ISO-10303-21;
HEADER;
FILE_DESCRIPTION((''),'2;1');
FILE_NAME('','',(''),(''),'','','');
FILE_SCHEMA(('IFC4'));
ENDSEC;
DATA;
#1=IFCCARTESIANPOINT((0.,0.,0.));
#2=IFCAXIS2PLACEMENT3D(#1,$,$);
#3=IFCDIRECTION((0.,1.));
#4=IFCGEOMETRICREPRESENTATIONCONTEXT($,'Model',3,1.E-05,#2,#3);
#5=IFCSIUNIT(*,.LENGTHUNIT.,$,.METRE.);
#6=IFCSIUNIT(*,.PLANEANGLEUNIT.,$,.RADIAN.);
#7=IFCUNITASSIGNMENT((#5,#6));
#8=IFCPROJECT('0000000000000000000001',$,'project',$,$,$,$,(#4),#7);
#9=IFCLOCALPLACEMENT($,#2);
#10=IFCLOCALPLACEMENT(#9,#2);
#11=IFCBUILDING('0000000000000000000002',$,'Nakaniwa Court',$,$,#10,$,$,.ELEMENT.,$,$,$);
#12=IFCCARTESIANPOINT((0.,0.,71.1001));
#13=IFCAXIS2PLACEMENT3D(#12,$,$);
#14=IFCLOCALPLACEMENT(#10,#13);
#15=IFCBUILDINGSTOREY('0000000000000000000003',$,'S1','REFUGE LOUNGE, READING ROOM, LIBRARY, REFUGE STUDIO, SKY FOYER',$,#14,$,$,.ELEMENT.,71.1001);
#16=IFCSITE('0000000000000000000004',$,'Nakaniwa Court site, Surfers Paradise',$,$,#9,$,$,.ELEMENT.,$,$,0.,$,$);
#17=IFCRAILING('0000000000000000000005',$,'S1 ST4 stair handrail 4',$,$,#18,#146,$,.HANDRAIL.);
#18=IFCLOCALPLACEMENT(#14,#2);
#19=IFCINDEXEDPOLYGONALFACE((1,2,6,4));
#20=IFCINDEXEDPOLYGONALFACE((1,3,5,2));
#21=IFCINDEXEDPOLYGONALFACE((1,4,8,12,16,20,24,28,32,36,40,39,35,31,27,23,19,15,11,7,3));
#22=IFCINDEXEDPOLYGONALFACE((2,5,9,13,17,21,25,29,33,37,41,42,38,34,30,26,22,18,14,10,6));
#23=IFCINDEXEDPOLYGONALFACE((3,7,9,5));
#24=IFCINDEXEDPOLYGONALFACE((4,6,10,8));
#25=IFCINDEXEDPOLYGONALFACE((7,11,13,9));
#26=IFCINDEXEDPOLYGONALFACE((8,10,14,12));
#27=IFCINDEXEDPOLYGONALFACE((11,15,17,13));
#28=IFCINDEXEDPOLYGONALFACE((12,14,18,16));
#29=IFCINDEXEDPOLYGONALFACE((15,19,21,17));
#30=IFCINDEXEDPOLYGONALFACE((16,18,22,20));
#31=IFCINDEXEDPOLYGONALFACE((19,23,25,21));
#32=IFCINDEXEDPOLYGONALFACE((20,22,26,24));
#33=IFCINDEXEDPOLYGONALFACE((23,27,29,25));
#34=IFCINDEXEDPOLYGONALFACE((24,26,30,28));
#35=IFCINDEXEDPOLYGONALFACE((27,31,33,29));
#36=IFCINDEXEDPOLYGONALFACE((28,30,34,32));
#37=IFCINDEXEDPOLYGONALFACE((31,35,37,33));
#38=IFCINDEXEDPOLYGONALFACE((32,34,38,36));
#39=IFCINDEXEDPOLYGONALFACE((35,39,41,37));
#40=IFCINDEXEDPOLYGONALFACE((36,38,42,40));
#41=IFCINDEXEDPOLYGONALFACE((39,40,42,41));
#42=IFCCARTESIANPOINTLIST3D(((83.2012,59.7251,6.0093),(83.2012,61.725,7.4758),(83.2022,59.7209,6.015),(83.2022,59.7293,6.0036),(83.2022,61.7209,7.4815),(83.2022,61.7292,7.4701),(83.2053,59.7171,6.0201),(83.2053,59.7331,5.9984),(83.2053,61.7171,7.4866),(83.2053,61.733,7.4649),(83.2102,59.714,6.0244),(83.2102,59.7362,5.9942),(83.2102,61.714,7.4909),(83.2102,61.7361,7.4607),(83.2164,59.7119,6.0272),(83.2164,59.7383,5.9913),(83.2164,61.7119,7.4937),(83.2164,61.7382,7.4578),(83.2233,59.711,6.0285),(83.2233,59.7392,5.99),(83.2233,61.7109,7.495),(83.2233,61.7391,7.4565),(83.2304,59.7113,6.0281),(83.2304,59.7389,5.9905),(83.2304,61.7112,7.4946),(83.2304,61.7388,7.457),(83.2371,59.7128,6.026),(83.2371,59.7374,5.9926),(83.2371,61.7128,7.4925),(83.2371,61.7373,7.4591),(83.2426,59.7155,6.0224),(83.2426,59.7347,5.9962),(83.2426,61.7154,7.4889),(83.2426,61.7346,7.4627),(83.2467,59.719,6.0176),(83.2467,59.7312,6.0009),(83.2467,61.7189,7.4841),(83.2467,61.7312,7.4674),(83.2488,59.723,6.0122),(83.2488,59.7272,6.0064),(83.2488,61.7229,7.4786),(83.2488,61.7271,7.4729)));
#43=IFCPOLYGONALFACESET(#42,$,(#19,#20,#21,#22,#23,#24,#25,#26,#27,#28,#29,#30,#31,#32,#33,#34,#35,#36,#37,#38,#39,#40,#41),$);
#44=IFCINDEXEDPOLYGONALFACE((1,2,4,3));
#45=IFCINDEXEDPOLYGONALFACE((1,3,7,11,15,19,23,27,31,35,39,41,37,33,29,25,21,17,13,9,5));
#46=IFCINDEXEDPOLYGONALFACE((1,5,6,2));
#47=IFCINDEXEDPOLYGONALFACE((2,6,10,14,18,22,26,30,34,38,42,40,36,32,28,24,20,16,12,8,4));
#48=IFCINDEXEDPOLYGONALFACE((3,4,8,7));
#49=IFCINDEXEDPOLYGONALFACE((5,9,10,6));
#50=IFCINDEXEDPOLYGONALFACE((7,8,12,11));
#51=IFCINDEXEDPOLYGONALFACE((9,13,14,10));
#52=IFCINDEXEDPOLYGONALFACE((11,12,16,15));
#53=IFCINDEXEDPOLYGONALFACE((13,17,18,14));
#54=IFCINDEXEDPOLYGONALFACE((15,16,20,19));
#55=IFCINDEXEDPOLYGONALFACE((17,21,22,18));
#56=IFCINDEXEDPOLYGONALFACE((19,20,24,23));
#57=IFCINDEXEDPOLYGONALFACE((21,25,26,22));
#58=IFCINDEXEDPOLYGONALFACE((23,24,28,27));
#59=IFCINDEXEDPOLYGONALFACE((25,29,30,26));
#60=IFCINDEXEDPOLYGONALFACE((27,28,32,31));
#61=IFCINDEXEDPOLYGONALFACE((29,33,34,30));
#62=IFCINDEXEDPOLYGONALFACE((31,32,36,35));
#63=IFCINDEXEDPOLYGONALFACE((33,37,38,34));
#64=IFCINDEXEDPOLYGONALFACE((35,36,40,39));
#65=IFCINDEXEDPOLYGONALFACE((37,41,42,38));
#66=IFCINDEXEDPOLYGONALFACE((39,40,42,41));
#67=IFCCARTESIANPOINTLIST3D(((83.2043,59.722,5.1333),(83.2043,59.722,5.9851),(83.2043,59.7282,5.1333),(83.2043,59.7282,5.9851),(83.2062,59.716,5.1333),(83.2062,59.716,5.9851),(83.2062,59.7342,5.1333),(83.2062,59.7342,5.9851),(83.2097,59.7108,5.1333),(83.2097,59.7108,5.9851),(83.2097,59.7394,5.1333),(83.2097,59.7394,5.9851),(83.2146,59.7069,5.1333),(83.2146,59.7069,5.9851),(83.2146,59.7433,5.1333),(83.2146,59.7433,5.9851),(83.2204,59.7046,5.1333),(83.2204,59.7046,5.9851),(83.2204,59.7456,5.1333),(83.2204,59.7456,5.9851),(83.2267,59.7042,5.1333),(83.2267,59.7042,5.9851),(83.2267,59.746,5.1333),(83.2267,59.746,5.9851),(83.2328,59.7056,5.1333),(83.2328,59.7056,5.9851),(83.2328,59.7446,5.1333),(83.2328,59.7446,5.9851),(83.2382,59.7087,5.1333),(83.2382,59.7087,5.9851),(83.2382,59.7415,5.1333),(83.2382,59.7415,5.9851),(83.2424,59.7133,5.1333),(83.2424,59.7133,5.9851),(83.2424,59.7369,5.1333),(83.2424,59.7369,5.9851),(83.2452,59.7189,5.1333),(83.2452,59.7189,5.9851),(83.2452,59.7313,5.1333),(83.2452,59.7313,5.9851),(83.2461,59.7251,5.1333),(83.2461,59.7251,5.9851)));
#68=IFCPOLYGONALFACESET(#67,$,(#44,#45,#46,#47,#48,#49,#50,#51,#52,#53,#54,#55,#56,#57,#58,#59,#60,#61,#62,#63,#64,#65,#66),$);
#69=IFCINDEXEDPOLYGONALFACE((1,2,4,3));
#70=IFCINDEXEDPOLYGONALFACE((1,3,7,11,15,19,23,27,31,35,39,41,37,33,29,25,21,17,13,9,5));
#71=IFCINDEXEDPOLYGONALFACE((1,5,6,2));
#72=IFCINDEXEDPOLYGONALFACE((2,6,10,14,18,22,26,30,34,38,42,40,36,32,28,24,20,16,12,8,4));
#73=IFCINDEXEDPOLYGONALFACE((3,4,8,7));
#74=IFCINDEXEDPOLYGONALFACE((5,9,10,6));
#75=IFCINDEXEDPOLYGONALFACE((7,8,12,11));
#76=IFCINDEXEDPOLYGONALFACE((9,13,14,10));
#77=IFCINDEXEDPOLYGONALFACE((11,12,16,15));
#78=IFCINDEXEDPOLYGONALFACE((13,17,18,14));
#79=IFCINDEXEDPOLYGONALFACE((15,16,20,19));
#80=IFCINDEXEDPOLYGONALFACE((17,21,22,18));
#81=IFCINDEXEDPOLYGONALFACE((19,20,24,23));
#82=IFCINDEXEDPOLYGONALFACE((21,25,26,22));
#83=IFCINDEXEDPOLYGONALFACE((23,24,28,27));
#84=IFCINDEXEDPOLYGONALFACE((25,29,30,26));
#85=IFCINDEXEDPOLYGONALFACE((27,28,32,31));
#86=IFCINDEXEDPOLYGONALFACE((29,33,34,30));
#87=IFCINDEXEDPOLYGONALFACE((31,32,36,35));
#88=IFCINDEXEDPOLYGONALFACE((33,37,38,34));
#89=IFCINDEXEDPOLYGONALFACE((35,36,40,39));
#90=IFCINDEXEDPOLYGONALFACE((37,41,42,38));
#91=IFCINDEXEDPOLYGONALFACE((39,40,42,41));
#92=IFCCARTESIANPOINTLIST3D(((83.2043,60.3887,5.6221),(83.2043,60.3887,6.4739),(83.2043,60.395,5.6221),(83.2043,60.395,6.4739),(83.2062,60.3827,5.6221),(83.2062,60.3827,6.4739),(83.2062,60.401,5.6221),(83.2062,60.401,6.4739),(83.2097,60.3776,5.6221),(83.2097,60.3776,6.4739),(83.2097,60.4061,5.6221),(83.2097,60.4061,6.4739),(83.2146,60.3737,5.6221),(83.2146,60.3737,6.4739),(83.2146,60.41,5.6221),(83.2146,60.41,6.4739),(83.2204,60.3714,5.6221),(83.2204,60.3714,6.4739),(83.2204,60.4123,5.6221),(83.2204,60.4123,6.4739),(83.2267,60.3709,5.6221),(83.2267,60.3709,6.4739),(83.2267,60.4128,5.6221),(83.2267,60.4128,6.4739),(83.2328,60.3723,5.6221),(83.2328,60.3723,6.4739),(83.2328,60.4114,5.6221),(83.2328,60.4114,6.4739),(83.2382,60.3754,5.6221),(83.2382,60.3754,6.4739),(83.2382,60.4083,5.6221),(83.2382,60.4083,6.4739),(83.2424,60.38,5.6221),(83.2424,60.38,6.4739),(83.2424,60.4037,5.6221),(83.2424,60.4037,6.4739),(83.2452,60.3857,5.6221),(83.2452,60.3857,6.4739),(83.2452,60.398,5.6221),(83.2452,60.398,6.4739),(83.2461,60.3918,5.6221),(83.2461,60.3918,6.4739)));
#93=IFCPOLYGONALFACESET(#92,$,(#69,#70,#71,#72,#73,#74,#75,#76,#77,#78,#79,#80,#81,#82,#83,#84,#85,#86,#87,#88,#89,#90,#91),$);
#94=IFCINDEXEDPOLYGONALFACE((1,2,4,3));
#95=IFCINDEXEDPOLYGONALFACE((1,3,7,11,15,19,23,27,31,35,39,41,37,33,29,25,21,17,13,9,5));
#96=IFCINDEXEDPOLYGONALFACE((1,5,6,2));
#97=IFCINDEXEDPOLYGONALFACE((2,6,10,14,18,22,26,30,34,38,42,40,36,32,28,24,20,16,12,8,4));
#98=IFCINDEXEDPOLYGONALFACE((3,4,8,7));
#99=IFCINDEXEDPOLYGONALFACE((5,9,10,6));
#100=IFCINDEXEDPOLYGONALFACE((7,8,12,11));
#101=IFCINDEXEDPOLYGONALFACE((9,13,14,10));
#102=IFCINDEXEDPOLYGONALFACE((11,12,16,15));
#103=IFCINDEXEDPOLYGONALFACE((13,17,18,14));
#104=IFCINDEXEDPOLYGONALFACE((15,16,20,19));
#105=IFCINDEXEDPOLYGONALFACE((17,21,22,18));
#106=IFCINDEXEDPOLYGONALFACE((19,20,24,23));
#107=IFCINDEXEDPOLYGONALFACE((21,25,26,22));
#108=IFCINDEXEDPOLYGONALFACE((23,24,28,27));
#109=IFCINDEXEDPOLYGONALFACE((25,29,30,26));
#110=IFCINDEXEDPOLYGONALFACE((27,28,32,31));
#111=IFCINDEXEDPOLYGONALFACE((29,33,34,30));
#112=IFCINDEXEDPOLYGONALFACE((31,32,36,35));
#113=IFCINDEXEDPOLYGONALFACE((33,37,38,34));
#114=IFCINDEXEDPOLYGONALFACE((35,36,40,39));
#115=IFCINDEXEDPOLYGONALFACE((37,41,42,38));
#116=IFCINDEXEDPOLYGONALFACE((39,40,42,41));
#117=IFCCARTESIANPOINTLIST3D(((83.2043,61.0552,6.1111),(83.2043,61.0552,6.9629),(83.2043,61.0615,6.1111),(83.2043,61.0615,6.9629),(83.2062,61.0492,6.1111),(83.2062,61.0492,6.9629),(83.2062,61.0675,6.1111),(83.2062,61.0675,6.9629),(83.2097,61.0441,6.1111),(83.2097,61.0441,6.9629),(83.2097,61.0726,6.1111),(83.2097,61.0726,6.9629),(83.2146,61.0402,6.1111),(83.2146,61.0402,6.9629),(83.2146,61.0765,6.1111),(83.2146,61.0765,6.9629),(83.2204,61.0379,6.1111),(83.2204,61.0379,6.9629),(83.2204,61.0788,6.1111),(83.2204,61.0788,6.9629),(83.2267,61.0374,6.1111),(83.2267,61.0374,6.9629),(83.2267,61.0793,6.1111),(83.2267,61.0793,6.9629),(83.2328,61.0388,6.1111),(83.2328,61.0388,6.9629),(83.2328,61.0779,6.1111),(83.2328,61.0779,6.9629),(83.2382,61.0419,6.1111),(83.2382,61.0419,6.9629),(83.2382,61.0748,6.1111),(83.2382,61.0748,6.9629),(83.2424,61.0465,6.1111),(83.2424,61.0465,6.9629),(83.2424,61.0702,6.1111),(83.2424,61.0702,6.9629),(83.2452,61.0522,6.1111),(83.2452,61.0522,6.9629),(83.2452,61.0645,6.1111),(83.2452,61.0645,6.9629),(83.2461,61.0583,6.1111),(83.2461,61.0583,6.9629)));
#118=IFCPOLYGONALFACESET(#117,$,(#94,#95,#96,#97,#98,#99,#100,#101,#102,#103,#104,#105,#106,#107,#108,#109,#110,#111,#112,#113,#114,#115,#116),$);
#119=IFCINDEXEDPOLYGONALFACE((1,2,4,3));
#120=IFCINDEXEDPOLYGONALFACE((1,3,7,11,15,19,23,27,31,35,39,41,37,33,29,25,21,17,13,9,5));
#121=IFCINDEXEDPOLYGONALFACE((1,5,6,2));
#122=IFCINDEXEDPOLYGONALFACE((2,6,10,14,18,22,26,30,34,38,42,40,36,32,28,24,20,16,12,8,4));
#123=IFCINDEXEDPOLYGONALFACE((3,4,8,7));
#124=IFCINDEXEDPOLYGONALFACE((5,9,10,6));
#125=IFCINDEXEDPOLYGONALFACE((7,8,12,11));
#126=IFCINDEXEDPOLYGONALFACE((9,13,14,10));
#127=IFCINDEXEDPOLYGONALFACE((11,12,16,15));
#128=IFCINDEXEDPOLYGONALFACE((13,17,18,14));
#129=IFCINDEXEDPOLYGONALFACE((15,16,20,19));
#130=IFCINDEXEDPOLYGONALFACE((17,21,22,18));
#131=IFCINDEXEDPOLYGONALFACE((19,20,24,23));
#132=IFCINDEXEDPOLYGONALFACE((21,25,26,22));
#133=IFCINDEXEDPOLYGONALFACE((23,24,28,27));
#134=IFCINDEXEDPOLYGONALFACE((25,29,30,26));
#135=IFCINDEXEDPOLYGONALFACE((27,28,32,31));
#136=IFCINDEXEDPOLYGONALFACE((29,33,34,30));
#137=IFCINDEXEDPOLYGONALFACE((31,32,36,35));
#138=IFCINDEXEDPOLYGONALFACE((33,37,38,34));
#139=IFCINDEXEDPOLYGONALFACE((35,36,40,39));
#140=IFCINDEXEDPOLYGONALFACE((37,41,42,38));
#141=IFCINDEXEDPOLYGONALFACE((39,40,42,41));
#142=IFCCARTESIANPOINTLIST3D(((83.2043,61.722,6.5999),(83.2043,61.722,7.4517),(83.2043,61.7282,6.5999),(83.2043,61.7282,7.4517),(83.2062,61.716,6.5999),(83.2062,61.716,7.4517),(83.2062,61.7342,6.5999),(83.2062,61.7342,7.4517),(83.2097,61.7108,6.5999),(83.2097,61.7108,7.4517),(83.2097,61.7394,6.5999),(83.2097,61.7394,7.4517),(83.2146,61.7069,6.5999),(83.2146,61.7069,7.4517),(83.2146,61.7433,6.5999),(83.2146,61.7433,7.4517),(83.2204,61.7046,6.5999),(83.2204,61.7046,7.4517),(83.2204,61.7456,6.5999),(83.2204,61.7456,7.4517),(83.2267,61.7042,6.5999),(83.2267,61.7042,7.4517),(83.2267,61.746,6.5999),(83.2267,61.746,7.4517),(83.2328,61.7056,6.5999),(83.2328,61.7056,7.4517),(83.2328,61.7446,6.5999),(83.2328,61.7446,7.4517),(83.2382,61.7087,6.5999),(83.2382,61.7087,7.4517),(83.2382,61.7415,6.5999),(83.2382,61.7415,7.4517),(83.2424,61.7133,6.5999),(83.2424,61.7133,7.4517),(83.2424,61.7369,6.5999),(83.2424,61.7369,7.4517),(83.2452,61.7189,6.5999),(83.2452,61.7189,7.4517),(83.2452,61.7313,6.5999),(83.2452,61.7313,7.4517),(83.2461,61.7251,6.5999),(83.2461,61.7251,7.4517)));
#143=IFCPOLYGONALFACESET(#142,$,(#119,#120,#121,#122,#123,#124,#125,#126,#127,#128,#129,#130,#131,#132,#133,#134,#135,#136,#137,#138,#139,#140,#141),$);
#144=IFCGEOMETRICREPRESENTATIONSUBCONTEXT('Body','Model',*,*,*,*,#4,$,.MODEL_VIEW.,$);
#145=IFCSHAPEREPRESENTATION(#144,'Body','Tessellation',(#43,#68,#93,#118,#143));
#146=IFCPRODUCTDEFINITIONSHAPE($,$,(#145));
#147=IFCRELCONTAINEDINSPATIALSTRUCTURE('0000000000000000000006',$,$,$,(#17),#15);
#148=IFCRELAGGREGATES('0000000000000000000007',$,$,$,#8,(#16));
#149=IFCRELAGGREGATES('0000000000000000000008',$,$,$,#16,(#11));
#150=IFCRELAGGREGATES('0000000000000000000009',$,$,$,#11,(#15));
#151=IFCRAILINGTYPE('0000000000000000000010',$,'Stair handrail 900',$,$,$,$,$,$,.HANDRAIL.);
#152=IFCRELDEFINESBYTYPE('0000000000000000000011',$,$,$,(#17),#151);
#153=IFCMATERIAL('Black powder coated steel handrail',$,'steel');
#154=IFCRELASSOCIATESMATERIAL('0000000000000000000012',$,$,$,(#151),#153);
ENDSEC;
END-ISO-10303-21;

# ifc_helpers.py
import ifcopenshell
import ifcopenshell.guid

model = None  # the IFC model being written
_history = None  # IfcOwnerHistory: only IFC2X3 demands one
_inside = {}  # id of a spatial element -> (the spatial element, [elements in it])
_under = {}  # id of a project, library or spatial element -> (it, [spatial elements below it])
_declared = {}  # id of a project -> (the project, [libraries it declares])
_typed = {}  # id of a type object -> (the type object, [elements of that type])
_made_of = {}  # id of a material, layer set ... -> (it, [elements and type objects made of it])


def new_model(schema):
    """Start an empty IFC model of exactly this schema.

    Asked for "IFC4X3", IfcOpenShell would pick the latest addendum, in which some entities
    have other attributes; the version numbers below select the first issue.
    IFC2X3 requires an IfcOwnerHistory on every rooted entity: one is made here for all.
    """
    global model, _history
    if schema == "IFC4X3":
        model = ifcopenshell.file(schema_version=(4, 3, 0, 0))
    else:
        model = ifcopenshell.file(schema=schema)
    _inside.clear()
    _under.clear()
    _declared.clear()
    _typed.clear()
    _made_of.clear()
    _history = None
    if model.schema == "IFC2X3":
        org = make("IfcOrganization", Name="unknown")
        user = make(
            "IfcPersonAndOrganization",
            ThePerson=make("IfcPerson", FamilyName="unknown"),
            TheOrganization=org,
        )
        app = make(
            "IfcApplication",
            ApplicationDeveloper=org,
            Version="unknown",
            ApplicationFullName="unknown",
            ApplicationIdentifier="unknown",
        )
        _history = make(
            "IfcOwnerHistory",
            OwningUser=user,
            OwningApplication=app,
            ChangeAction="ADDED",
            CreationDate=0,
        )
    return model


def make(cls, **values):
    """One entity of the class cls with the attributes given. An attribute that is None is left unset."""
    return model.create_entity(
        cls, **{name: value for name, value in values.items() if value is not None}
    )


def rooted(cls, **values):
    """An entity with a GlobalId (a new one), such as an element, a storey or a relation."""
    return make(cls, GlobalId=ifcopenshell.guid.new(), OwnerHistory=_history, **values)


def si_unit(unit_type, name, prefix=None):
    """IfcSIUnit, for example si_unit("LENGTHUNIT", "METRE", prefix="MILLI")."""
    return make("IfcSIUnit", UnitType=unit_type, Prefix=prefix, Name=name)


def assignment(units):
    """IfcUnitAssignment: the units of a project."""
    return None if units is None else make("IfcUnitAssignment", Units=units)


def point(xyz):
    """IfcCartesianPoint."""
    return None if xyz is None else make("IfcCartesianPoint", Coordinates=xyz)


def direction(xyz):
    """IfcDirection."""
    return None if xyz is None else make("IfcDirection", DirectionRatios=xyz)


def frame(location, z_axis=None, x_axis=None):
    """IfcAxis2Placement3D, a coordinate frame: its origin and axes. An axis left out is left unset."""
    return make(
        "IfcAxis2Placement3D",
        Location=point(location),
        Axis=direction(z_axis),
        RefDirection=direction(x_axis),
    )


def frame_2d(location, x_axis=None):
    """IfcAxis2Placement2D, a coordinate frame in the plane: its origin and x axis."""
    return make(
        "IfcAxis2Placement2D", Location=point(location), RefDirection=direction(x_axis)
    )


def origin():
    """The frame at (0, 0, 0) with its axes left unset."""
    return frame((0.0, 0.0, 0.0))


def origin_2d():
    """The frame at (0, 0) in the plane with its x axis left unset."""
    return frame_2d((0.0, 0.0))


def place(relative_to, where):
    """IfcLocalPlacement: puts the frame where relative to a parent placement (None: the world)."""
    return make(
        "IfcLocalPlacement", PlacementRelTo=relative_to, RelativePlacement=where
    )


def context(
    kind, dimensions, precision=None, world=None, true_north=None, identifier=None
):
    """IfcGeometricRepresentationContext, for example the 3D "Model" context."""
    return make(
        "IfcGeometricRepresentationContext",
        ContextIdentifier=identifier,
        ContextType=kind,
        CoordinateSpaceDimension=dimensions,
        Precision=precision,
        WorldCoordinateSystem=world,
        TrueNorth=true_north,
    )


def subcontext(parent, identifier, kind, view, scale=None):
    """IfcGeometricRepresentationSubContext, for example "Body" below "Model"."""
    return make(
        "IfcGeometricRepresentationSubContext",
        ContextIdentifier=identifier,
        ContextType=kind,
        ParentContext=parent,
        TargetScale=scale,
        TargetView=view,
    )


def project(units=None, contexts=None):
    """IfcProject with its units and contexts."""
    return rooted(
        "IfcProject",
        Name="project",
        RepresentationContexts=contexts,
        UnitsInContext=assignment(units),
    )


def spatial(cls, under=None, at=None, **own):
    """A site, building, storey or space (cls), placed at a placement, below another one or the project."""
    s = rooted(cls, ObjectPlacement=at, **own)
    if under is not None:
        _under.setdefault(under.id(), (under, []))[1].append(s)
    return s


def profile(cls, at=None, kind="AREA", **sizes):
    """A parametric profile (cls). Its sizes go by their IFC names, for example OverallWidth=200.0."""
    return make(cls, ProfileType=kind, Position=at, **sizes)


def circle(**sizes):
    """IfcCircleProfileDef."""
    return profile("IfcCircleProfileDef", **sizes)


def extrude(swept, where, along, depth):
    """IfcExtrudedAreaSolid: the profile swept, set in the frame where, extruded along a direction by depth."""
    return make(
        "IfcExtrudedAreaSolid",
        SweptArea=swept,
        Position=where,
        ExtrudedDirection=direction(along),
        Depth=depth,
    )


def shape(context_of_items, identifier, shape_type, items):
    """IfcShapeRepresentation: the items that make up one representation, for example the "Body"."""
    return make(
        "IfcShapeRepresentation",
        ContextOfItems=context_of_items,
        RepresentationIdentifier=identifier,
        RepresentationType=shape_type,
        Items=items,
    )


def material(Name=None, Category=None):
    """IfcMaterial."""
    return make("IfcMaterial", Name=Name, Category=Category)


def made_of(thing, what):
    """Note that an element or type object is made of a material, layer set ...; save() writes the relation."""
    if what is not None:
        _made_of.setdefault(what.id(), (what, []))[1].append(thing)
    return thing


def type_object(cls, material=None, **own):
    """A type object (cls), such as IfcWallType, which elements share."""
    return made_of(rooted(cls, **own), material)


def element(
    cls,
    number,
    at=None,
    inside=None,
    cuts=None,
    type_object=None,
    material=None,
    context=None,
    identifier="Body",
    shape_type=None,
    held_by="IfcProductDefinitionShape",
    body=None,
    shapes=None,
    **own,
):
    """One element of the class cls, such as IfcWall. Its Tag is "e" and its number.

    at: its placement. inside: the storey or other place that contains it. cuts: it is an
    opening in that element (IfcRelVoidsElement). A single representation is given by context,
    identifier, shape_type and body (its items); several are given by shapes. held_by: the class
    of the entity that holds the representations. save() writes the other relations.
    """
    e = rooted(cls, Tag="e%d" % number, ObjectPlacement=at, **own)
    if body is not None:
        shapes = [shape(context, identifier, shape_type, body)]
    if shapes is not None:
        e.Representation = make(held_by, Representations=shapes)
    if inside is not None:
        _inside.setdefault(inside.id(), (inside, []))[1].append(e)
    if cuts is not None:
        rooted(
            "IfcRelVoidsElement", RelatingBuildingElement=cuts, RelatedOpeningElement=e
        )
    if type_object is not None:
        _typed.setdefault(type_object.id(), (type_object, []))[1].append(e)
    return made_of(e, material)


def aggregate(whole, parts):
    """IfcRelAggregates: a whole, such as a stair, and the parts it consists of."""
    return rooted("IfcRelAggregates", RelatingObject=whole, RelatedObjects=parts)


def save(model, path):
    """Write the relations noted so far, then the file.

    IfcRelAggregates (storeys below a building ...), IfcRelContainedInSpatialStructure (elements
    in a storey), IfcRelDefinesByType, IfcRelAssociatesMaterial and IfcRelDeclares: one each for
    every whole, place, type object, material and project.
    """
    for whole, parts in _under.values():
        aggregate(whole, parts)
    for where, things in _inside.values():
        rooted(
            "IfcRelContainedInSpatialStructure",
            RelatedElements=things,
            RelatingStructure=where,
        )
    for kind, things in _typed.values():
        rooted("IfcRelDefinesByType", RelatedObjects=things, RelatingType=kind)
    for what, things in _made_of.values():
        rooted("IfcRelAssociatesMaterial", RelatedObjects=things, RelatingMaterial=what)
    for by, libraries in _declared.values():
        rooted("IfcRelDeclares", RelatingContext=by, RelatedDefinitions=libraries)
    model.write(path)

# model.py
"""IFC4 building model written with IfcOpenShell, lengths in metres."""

from ifc_helpers import new_model, si_unit, direction, frame, origin, origin_2d, place, context, subcontext, project, spatial, circle, extrude, material, type_object, element, save


model = new_model("IFC4")

# Units and contexts
model_context = context("Model", 3, precision=1e-05, world=origin(), true_north=direction((0.0, 1.0)))
body_context = subcontext(model_context, "Body", "Model", "MODEL_VIEW")
ifc_project = project(units=[si_unit("LENGTHUNIT", "METRE"), si_unit("PLANEANGLEUNIT", "RADIAN")], contexts=[model_context])

# Site, building, storey
site_placement = place(None, origin())
site = spatial("IfcSite", under=ifc_project, at=site_placement, Name="Nakaniwa Court site, Surfers Paradise", CompositionType="ELEMENT", RefElevation=0.0)
building_placement = place(site_placement, origin())
building = spatial("IfcBuilding", under=site, at=building_placement, Name="Nakaniwa Court", CompositionType="ELEMENT")
storey_placement = place(building_placement, frame((0.0, 0.0, 71.1001)))
storey = spatial("IfcBuildingStorey", under=building, at=storey_placement, Name="S1", Description="REFUGE LOUNGE, READING ROOM, LIBRARY, REFUGE STUDIO, SKY FOYER", CompositionType="ELEMENT", Elevation=71.1001)

# Railing
ifc_material_1 = material(Name="Black powder coated steel handrail", Category="steel")
railing_type_1 = type_object("IfcRailingType", Name="Stair handrail 900", PredefinedType="HANDRAIL", material=ifc_material_1)
railing_1_placement = place(storey_placement, frame((83.2251, 59.7251, 5.1333)))
element("IfcRailing", 1, at=railing_1_placement, inside=storey, type_object=railing_type_1, Name="S1 ST4 stair handrail 4", PredefinedType="HANDRAIL", context=body_context, shape_type="SweptSolid", body=[
    extrude(circle(Radius=0.0239, at=origin_2d()), frame((0.0, 0.0, 0.876), z_axis=(0.0, 0.806427, 0.591334), x_axis=(-1.0, 0.0, 0.0)), (0.0, 0.0, 1.0), 2.48),
    extrude(circle(Radius=0.021, at=origin_2d()), origin(), (0.0, 0.0, 1.0), 0.8518),
    extrude(circle(Radius=0.021, at=origin_2d()), frame((0.0, 0.6667, 0.4888)), (0.0, 0.0, 1.0), 0.8518),
    extrude(circle(Radius=0.021, at=origin_2d()), frame((0.0, 1.3333, 0.9778)), (0.0, 0.0, 1.0), 0.8518),
    extrude(circle(Radius=0.021, at=origin_2d()), frame((0.0, 2.0, 1.4666)), (0.0, 0.0, 1.0), 0.8518),
])

save(model, "model.ifc")
